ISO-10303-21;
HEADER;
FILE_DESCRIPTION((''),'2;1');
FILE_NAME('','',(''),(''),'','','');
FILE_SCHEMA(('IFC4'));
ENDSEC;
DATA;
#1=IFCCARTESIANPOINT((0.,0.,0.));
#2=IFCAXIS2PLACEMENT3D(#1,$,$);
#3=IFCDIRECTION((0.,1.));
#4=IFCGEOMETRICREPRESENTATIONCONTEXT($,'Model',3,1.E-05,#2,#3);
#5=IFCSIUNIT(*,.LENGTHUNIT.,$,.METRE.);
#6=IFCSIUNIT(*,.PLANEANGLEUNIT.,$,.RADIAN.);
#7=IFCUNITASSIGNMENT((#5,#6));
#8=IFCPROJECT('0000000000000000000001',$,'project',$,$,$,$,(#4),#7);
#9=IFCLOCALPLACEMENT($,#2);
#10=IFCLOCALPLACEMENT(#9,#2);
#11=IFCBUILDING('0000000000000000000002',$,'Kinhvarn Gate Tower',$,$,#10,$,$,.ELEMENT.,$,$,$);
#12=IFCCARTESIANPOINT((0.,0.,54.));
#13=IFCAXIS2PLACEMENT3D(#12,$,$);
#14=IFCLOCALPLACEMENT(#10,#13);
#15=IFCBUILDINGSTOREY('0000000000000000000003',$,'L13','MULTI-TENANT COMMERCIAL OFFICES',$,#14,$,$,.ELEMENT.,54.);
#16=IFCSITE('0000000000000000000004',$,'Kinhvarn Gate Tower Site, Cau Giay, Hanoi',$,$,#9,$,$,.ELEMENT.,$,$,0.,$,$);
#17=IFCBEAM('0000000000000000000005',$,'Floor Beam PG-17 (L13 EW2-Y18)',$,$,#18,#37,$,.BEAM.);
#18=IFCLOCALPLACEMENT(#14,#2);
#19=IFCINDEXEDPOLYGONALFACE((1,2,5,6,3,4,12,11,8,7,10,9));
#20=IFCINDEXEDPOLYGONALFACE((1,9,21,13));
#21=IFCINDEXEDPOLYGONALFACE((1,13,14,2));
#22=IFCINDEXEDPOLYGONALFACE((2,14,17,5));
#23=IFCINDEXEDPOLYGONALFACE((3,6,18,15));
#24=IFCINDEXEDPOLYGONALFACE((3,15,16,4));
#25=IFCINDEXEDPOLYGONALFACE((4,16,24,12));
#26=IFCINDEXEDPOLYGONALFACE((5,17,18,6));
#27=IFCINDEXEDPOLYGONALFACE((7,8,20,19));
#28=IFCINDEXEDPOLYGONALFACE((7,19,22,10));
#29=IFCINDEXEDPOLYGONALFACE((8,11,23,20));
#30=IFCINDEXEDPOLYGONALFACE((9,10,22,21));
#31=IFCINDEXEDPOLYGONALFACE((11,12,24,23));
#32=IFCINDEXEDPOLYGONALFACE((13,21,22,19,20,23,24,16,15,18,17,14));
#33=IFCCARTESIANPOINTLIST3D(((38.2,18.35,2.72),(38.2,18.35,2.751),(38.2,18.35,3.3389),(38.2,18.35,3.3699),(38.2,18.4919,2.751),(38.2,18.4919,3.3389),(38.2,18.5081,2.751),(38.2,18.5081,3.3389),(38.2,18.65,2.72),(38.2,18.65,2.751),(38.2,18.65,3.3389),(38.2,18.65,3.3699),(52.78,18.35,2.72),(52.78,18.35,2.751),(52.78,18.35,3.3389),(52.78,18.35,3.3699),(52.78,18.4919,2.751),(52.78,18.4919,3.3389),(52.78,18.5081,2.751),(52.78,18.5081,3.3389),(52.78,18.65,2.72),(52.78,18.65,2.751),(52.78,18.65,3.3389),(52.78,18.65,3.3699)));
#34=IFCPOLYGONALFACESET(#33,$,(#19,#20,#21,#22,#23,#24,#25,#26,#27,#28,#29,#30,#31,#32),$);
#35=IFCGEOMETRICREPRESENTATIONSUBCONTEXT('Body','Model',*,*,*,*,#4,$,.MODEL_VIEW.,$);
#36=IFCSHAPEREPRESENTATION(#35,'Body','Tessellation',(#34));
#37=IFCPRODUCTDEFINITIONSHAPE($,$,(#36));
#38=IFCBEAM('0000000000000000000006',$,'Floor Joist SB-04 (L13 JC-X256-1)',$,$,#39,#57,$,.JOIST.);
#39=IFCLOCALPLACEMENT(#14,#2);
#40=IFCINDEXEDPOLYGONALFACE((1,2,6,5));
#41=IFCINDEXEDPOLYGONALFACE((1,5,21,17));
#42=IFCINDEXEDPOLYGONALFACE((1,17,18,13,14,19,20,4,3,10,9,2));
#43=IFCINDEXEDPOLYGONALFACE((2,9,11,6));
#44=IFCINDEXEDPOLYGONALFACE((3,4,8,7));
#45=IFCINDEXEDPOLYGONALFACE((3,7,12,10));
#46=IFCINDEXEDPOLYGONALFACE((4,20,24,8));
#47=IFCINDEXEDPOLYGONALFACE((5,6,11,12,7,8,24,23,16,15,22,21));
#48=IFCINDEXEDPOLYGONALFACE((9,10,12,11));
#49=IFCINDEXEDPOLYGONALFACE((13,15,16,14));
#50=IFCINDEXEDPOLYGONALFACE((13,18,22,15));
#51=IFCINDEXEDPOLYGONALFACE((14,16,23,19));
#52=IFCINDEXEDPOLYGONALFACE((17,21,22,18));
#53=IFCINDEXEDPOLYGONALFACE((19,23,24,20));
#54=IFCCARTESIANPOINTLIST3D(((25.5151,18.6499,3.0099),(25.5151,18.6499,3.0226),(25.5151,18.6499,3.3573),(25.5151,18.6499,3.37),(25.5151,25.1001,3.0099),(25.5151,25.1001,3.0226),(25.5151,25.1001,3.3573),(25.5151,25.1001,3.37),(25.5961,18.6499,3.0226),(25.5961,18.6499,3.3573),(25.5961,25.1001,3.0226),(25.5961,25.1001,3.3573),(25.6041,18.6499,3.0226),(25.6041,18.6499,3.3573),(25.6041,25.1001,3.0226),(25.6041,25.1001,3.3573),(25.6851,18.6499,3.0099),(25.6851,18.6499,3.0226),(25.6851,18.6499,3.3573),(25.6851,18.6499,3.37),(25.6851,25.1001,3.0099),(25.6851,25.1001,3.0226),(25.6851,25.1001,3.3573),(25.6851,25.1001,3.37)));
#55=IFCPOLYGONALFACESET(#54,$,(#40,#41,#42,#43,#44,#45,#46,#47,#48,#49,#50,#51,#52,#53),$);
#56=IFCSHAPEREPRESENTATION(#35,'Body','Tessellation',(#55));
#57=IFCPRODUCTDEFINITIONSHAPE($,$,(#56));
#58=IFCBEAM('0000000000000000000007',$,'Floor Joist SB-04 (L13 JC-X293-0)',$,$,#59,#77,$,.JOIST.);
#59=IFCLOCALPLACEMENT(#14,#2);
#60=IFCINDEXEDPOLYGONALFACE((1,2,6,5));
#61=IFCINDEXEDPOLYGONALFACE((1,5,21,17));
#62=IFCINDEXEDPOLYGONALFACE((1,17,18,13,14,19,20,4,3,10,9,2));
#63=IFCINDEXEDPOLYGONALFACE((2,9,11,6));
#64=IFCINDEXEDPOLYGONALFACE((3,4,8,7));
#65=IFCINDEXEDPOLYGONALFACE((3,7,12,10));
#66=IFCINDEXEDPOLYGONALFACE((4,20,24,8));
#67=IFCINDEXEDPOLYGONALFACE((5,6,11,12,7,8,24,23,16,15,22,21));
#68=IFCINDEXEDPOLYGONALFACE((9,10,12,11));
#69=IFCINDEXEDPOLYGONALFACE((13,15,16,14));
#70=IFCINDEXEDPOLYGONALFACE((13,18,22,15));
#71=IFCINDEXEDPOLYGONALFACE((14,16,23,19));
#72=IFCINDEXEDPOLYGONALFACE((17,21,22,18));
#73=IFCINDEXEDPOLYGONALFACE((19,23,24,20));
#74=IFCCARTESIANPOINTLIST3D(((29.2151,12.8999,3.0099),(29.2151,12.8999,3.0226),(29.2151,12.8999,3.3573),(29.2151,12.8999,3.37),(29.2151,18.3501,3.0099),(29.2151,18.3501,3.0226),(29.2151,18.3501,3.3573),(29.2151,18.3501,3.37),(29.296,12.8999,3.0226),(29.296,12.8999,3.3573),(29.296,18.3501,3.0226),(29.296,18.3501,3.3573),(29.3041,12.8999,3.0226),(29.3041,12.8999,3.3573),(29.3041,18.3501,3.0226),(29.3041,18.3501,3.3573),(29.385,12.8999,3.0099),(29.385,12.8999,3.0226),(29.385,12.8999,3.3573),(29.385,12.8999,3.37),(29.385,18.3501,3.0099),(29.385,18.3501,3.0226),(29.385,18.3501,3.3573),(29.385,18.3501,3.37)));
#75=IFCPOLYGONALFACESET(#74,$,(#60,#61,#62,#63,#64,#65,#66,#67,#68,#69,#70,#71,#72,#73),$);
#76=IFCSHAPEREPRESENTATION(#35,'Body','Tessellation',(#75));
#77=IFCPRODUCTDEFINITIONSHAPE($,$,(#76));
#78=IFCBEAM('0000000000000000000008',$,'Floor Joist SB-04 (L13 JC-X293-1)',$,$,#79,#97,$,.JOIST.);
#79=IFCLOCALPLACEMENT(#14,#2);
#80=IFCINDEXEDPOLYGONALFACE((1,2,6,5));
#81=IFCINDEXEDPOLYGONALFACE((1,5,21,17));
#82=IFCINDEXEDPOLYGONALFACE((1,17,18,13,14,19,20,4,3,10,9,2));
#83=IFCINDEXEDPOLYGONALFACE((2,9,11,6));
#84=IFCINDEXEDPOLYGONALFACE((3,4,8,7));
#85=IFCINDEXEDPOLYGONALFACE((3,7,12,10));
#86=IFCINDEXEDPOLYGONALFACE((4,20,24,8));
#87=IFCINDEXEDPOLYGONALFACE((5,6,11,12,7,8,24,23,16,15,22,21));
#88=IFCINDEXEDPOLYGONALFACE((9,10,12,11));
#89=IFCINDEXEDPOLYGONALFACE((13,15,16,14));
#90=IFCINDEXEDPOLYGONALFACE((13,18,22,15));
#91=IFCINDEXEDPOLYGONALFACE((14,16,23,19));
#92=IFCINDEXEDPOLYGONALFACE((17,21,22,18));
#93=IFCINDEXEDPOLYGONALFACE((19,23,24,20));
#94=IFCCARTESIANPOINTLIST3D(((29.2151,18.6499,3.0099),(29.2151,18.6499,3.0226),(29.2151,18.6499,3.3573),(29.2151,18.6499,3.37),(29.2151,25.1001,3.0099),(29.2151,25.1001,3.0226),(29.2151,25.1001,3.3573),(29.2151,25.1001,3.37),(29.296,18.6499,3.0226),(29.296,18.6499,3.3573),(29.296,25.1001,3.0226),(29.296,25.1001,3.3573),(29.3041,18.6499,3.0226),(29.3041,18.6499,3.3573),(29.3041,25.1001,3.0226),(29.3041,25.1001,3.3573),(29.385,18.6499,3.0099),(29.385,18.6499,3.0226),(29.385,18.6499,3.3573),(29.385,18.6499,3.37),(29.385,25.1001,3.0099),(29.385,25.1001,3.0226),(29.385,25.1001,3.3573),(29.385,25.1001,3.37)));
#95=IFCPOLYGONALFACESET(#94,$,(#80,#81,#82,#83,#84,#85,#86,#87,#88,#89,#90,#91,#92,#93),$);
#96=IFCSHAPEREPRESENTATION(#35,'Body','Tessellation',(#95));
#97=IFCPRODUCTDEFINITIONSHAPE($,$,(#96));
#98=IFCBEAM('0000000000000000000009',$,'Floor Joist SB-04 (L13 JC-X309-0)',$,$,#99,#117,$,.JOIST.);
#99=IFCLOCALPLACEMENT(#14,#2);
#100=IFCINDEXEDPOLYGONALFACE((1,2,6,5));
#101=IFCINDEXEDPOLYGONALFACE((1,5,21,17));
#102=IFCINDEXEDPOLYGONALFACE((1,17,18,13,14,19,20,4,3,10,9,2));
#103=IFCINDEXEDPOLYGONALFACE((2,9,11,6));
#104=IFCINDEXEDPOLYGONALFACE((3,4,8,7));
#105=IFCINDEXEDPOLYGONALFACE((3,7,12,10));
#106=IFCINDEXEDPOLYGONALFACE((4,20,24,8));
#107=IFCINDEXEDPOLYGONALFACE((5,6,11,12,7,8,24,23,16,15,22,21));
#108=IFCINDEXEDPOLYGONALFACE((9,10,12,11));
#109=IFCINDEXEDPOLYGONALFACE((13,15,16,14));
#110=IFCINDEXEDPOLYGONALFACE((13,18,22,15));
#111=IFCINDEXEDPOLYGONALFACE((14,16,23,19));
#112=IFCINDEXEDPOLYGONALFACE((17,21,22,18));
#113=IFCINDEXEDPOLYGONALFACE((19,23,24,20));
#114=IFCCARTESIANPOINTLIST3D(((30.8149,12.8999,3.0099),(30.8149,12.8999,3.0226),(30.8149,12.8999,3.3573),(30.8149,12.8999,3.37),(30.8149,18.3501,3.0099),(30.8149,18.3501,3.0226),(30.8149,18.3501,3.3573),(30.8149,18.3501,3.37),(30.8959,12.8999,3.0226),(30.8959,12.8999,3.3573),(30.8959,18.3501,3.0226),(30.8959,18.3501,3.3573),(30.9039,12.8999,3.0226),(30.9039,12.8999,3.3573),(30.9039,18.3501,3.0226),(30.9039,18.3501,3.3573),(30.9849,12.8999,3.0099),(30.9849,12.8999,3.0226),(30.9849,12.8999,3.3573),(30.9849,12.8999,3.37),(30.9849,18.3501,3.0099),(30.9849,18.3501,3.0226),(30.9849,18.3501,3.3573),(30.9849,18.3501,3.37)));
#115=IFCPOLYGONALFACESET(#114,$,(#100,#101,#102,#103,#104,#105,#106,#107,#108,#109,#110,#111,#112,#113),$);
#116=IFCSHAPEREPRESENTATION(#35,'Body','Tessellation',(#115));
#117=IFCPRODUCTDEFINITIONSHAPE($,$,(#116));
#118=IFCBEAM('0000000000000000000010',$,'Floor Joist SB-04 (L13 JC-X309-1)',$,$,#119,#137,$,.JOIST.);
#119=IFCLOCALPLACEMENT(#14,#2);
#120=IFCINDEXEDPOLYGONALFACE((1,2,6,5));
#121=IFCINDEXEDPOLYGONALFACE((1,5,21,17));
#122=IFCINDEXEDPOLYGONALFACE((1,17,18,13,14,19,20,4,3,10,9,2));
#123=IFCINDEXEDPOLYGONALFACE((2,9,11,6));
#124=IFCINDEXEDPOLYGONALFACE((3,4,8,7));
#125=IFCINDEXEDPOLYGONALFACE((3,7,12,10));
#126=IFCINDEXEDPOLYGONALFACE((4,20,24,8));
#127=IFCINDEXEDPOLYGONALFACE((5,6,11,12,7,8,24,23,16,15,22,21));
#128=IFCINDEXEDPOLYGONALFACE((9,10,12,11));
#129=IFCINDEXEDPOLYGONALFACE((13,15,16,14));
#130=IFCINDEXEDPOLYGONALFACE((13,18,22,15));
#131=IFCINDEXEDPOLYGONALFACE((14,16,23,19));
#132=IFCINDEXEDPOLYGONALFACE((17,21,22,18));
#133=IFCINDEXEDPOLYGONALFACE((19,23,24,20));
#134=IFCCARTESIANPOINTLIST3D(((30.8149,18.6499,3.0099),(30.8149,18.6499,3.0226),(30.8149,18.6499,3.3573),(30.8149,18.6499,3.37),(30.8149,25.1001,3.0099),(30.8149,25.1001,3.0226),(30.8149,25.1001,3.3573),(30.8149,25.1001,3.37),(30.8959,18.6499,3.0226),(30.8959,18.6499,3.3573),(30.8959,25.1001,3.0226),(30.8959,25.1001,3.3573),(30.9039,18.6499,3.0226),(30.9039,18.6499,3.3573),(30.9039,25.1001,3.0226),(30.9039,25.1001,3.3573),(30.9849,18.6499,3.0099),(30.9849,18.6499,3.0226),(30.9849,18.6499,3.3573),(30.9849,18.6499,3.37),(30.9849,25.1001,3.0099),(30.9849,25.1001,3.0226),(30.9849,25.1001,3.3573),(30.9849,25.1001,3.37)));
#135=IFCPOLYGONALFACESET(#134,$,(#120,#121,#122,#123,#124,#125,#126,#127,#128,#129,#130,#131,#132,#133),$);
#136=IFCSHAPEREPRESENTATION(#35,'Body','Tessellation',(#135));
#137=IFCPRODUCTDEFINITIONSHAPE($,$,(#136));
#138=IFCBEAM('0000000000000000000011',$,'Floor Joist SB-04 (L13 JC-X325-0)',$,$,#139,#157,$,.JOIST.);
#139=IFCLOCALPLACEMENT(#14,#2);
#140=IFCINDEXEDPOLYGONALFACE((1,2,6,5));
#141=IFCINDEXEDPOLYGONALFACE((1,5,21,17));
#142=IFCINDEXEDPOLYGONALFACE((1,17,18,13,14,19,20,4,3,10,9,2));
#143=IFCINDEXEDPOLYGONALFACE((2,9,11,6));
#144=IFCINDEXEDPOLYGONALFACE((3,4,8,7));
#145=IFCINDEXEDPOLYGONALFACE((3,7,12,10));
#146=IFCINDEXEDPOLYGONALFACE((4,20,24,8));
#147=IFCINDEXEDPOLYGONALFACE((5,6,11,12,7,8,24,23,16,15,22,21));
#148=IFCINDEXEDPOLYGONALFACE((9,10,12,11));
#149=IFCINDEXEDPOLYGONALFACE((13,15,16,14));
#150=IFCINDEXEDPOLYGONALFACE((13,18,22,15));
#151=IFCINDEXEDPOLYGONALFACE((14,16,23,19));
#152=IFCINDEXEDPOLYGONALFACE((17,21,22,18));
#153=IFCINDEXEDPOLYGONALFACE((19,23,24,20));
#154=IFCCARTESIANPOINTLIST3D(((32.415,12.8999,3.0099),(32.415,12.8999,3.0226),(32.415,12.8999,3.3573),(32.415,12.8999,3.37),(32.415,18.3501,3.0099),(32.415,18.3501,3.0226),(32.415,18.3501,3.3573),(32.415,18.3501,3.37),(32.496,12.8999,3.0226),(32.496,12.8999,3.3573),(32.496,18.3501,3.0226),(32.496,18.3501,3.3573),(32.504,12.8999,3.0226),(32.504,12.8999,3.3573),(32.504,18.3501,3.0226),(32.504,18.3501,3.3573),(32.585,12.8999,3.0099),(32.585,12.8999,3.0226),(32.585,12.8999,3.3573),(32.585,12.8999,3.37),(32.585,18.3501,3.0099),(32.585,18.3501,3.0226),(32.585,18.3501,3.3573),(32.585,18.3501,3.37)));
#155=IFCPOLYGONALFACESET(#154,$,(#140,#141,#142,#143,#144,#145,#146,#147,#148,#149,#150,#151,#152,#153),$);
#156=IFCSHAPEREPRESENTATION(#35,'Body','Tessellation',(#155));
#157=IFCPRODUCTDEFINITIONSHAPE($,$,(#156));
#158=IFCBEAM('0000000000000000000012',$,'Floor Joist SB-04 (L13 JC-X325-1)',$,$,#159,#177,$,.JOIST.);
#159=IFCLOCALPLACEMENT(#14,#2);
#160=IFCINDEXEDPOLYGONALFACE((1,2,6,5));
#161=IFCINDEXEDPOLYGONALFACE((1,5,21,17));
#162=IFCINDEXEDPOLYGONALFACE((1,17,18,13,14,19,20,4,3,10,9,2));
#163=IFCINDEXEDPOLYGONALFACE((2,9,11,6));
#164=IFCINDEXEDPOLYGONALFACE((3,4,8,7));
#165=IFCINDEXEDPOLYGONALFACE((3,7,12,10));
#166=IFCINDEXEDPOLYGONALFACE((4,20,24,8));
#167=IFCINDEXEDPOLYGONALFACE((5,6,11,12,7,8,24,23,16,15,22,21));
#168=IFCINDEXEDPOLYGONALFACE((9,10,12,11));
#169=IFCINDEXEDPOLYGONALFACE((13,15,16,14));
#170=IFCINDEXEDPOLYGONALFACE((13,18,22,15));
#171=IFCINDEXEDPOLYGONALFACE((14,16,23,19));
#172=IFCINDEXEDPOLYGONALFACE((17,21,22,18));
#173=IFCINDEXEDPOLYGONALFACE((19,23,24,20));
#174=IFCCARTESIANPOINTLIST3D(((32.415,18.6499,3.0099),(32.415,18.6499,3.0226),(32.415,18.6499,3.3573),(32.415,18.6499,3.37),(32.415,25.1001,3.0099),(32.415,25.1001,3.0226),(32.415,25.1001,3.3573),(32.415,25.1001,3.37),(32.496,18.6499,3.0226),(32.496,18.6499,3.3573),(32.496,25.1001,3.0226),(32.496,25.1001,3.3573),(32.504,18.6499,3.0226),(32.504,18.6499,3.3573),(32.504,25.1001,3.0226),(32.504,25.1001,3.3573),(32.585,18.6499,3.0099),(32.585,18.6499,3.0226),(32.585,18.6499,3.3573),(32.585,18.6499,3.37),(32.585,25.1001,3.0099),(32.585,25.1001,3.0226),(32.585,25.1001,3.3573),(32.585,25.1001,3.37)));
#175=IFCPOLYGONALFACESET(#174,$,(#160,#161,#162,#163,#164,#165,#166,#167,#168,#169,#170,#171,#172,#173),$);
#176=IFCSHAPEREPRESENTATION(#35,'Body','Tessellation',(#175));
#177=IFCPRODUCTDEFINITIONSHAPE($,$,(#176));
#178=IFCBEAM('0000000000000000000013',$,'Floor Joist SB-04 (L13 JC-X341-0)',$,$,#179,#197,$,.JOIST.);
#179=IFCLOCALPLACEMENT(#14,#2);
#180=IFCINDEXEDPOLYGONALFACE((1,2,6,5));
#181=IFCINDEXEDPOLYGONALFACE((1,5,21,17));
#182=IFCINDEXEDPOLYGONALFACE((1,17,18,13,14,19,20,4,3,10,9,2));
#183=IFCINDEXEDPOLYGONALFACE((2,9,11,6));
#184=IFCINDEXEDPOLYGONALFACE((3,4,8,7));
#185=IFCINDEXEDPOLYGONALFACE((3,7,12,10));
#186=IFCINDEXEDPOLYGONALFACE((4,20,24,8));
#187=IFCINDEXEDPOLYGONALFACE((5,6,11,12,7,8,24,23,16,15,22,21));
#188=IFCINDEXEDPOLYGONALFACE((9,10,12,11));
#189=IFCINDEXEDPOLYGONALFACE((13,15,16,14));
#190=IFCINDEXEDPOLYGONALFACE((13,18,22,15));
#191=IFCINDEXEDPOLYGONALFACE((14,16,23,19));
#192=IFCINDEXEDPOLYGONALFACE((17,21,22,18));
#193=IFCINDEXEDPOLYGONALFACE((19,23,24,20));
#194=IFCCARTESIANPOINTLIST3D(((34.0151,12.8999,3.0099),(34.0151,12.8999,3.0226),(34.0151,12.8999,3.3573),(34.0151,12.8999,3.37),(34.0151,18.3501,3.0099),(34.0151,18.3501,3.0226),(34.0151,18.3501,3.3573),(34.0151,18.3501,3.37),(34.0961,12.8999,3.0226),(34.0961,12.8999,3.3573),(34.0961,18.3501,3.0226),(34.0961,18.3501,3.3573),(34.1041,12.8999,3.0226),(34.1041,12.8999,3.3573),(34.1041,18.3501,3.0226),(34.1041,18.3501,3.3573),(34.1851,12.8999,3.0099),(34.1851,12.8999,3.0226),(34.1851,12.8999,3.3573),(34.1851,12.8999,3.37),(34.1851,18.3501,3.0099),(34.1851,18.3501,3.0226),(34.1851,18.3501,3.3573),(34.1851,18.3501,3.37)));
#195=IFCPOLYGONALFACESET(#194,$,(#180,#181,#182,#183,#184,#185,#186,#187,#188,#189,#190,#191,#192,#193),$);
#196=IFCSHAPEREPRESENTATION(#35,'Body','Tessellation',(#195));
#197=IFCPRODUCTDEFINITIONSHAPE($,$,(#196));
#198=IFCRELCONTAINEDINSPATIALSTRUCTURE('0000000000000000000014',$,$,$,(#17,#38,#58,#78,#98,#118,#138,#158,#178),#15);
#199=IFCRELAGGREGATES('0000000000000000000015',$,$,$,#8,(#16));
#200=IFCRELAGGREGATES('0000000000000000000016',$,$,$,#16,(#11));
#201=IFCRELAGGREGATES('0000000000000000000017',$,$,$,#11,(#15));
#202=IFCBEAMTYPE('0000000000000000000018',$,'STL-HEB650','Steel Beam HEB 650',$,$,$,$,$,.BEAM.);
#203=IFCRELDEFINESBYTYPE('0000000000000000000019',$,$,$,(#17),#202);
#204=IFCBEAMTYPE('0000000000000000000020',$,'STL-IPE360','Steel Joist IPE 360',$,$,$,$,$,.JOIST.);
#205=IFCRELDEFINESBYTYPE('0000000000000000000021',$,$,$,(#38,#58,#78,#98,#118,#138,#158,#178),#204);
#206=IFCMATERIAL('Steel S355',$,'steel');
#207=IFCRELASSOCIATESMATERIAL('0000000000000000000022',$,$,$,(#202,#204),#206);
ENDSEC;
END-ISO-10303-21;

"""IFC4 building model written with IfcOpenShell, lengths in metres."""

from ifc_helpers import new_model, si_unit, direction, frame, origin, origin_2d, place, context, subcontext, project, spatial, i_section, extrude, material, material_profile, profile_set, type_object, element, save


model = new_model("IFC4")

# Units and contexts
model_context = context("Model", 3, precision=1e-05, world=origin(), true_north=direction((0.0, 1.0)))
body_context = subcontext(model_context, "Body", "Model", "MODEL_VIEW")
ifc_project = project(units=[si_unit("LENGTHUNIT", "METRE"), si_unit("PLANEANGLEUNIT", "RADIAN")], contexts=[model_context])

# Site, building, storey
site_placement = place(None, origin())
site = spatial("IfcSite", under=ifc_project, at=site_placement, Name="Kinhvarn Gate Tower Site, Cau Giay, Hanoi", CompositionType="ELEMENT", RefElevation=0.0)
building_placement = place(site_placement, origin())
building = spatial("IfcBuilding", under=site, at=building_placement, Name="Kinhvarn Gate Tower", CompositionType="ELEMENT")
storey_placement = place(building_placement, frame((0.0, 0.0, 54.0)))
storey = spatial("IfcBuildingStorey", under=building, at=storey_placement, Name="L13", Description="MULTI-TENANT COMMERCIAL OFFICES", CompositionType="ELEMENT", Elevation=54.0)

# Beams
ifc_material_1 = material(Name="Steel S355", Category="steel")
ifc_material_profile_1 = material_profile(ifc_material_1, i_section(OverallWidth=0.3, OverallDepth=0.6499, WebThickness=0.0161, FlangeThickness=0.031, at=origin_2d()), Name="HEB 650")
ifc_profile_set_1 = profile_set([ifc_material_profile_1], Name="Steel S355")
beam_type_1 = type_object("IfcBeamType", Name="STL-HEB650", Description="Steel Beam HEB 650", PredefinedType="BEAM", material=ifc_profile_set_1)
beam_1_placement = place(storey_placement, frame((38.2, 18.5, 3.0449), z_axis=(1.0, 0.0, 0.0), x_axis=(0.0, 1.0, 0.0)))
element("IfcBeam", 1, at=beam_1_placement, inside=storey, type_object=beam_type_1, Name="Floor Beam PG-17 (L13 EW2-Y18)", PredefinedType="BEAM", context=body_context, shape_type="SweptSolid", body=[
    extrude(i_section(OverallWidth=0.3, OverallDepth=0.6499, WebThickness=0.0161, FlangeThickness=0.031, at=origin_2d()), origin(), (0.0, 0.0, 1.0), 14.5801),
])
ifc_material_profile_2 = material_profile(ifc_material_1, i_section(OverallWidth=0.1699, OverallDepth=0.3601, WebThickness=0.0081, FlangeThickness=0.0127, at=origin_2d()), Name="IPE 360")
ifc_profile_set_2 = profile_set([ifc_material_profile_2], Name="Steel S355")
beam_type_2 = type_object("IfcBeamType", Name="STL-IPE360", Description="Steel Joist IPE 360", PredefinedType="JOIST", material=ifc_profile_set_2)
beam_2_placement = place(storey_placement, frame((25.6001, 18.6499, 3.1899), z_axis=(0.0, 1.0, 0.0), x_axis=(-1.0, 0.0, 0.0)))
element("IfcBeam", 2, at=beam_2_placement, inside=storey, type_object=beam_type_2, Name="Floor Joist SB-04 (L13 JC-X256-1)", PredefinedType="JOIST", context=body_context, shape_type="SweptSolid", body=[
    extrude(i_section(OverallWidth=0.1699, OverallDepth=0.3601, WebThickness=0.0081, FlangeThickness=0.0127, at=origin_2d()), origin(), (0.0, 0.0, 1.0), 6.4502),
])
beam_3_placement = place(storey_placement, frame((29.3, 12.8999, 3.1899), z_axis=(0.0, 1.0, 0.0), x_axis=(-1.0, 0.0, 0.0)))
element("IfcBeam", 3, at=beam_3_placement, inside=storey, type_object=beam_type_2, Name="Floor Joist SB-04 (L13 JC-X293-0)", PredefinedType="JOIST", context=body_context, shape_type="SweptSolid", body=[
    extrude(i_section(OverallWidth=0.1699, OverallDepth=0.3601, WebThickness=0.0081, FlangeThickness=0.0127, at=origin_2d()), origin(), (0.0, 0.0, 1.0), 5.4502),
])
beam_4_placement = place(storey_placement, frame((29.3, 18.6499, 3.1899), z_axis=(0.0, 1.0, 0.0), x_axis=(-1.0, 0.0, 0.0)))
element("IfcBeam", 4, at=beam_4_placement, inside=storey, type_object=beam_type_2, Name="Floor Joist SB-04 (L13 JC-X293-1)", PredefinedType="JOIST", context=body_context, shape_type="SweptSolid", body=[
    extrude(i_section(OverallWidth=0.1699, OverallDepth=0.3601, WebThickness=0.0081, FlangeThickness=0.0127, at=origin_2d()), origin(), (0.0, 0.0, 1.0), 6.4502),
])
beam_5_placement = place(storey_placement, frame((30.8999, 12.8999, 3.1899), z_axis=(0.0, 1.0, 0.0), x_axis=(-1.0, 0.0, 0.0)))
element("IfcBeam", 5, at=beam_5_placement, inside=storey, type_object=beam_type_2, Name="Floor Joist SB-04 (L13 JC-X309-0)", PredefinedType="JOIST", context=body_context, shape_type="SweptSolid", body=[
    extrude(i_section(OverallWidth=0.1699, OverallDepth=0.3601, WebThickness=0.0081, FlangeThickness=0.0127, at=origin_2d()), origin(), (0.0, 0.0, 1.0), 5.4502),
])
beam_6_placement = place(storey_placement, frame((30.8999, 18.6499, 3.1899), z_axis=(0.0, 1.0, 0.0), x_axis=(-1.0, 0.0, 0.0)))
element("IfcBeam", 6, at=beam_6_placement, inside=storey, type_object=beam_type_2, Name="Floor Joist SB-04 (L13 JC-X309-1)", PredefinedType="JOIST", context=body_context, shape_type="SweptSolid", body=[
    extrude(i_section(OverallWidth=0.1699, OverallDepth=0.3601, WebThickness=0.0081, FlangeThickness=0.0127, at=origin_2d()), origin(), (0.0, 0.0, 1.0), 6.4502),
])
beam_7_placement = place(storey_placement, frame((32.5, 12.8999, 3.1899), z_axis=(0.0, 1.0, 0.0), x_axis=(-1.0, 0.0, 0.0)))
element("IfcBeam", 7, at=beam_7_placement, inside=storey, type_object=beam_type_2, Name="Floor Joist SB-04 (L13 JC-X325-0)", PredefinedType="JOIST", context=body_context, shape_type="SweptSolid", body=[
    extrude(i_section(OverallWidth=0.1699, OverallDepth=0.3601, WebThickness=0.0081, FlangeThickness=0.0127, at=origin_2d()), origin(), (0.0, 0.0, 1.0), 5.4502),
])
beam_8_placement = place(storey_placement, frame((32.5, 18.6499, 3.1899), z_axis=(0.0, 1.0, 0.0), x_axis=(-1.0, 0.0, 0.0)))
element("IfcBeam", 8, at=beam_8_placement, inside=storey, type_object=beam_type_2, Name="Floor Joist SB-04 (L13 JC-X325-1)", PredefinedType="JOIST", context=body_context, shape_type="SweptSolid", body=[
    extrude(i_section(OverallWidth=0.1699, OverallDepth=0.3601, WebThickness=0.0081, FlangeThickness=0.0127, at=origin_2d()), origin(), (0.0, 0.0, 1.0), 6.4502),
])
beam_9_placement = place(storey_placement, frame((34.1001, 12.8999, 3.1899), z_axis=(0.0, 1.0, 0.0), x_axis=(-1.0, 0.0, 0.0)))
element("IfcBeam", 9, at=beam_9_placement, inside=storey, type_object=beam_type_2, Name="Floor Joist SB-04 (L13 JC-X341-0)", PredefinedType="JOIST", context=body_context, shape_type="SweptSolid", body=[
    extrude(i_section(OverallWidth=0.1699, OverallDepth=0.3601, WebThickness=0.0081, FlangeThickness=0.0127, at=origin_2d()), origin(), (0.0, 0.0, 1.0), 5.4502),
])

save(model, "model.ifc")
